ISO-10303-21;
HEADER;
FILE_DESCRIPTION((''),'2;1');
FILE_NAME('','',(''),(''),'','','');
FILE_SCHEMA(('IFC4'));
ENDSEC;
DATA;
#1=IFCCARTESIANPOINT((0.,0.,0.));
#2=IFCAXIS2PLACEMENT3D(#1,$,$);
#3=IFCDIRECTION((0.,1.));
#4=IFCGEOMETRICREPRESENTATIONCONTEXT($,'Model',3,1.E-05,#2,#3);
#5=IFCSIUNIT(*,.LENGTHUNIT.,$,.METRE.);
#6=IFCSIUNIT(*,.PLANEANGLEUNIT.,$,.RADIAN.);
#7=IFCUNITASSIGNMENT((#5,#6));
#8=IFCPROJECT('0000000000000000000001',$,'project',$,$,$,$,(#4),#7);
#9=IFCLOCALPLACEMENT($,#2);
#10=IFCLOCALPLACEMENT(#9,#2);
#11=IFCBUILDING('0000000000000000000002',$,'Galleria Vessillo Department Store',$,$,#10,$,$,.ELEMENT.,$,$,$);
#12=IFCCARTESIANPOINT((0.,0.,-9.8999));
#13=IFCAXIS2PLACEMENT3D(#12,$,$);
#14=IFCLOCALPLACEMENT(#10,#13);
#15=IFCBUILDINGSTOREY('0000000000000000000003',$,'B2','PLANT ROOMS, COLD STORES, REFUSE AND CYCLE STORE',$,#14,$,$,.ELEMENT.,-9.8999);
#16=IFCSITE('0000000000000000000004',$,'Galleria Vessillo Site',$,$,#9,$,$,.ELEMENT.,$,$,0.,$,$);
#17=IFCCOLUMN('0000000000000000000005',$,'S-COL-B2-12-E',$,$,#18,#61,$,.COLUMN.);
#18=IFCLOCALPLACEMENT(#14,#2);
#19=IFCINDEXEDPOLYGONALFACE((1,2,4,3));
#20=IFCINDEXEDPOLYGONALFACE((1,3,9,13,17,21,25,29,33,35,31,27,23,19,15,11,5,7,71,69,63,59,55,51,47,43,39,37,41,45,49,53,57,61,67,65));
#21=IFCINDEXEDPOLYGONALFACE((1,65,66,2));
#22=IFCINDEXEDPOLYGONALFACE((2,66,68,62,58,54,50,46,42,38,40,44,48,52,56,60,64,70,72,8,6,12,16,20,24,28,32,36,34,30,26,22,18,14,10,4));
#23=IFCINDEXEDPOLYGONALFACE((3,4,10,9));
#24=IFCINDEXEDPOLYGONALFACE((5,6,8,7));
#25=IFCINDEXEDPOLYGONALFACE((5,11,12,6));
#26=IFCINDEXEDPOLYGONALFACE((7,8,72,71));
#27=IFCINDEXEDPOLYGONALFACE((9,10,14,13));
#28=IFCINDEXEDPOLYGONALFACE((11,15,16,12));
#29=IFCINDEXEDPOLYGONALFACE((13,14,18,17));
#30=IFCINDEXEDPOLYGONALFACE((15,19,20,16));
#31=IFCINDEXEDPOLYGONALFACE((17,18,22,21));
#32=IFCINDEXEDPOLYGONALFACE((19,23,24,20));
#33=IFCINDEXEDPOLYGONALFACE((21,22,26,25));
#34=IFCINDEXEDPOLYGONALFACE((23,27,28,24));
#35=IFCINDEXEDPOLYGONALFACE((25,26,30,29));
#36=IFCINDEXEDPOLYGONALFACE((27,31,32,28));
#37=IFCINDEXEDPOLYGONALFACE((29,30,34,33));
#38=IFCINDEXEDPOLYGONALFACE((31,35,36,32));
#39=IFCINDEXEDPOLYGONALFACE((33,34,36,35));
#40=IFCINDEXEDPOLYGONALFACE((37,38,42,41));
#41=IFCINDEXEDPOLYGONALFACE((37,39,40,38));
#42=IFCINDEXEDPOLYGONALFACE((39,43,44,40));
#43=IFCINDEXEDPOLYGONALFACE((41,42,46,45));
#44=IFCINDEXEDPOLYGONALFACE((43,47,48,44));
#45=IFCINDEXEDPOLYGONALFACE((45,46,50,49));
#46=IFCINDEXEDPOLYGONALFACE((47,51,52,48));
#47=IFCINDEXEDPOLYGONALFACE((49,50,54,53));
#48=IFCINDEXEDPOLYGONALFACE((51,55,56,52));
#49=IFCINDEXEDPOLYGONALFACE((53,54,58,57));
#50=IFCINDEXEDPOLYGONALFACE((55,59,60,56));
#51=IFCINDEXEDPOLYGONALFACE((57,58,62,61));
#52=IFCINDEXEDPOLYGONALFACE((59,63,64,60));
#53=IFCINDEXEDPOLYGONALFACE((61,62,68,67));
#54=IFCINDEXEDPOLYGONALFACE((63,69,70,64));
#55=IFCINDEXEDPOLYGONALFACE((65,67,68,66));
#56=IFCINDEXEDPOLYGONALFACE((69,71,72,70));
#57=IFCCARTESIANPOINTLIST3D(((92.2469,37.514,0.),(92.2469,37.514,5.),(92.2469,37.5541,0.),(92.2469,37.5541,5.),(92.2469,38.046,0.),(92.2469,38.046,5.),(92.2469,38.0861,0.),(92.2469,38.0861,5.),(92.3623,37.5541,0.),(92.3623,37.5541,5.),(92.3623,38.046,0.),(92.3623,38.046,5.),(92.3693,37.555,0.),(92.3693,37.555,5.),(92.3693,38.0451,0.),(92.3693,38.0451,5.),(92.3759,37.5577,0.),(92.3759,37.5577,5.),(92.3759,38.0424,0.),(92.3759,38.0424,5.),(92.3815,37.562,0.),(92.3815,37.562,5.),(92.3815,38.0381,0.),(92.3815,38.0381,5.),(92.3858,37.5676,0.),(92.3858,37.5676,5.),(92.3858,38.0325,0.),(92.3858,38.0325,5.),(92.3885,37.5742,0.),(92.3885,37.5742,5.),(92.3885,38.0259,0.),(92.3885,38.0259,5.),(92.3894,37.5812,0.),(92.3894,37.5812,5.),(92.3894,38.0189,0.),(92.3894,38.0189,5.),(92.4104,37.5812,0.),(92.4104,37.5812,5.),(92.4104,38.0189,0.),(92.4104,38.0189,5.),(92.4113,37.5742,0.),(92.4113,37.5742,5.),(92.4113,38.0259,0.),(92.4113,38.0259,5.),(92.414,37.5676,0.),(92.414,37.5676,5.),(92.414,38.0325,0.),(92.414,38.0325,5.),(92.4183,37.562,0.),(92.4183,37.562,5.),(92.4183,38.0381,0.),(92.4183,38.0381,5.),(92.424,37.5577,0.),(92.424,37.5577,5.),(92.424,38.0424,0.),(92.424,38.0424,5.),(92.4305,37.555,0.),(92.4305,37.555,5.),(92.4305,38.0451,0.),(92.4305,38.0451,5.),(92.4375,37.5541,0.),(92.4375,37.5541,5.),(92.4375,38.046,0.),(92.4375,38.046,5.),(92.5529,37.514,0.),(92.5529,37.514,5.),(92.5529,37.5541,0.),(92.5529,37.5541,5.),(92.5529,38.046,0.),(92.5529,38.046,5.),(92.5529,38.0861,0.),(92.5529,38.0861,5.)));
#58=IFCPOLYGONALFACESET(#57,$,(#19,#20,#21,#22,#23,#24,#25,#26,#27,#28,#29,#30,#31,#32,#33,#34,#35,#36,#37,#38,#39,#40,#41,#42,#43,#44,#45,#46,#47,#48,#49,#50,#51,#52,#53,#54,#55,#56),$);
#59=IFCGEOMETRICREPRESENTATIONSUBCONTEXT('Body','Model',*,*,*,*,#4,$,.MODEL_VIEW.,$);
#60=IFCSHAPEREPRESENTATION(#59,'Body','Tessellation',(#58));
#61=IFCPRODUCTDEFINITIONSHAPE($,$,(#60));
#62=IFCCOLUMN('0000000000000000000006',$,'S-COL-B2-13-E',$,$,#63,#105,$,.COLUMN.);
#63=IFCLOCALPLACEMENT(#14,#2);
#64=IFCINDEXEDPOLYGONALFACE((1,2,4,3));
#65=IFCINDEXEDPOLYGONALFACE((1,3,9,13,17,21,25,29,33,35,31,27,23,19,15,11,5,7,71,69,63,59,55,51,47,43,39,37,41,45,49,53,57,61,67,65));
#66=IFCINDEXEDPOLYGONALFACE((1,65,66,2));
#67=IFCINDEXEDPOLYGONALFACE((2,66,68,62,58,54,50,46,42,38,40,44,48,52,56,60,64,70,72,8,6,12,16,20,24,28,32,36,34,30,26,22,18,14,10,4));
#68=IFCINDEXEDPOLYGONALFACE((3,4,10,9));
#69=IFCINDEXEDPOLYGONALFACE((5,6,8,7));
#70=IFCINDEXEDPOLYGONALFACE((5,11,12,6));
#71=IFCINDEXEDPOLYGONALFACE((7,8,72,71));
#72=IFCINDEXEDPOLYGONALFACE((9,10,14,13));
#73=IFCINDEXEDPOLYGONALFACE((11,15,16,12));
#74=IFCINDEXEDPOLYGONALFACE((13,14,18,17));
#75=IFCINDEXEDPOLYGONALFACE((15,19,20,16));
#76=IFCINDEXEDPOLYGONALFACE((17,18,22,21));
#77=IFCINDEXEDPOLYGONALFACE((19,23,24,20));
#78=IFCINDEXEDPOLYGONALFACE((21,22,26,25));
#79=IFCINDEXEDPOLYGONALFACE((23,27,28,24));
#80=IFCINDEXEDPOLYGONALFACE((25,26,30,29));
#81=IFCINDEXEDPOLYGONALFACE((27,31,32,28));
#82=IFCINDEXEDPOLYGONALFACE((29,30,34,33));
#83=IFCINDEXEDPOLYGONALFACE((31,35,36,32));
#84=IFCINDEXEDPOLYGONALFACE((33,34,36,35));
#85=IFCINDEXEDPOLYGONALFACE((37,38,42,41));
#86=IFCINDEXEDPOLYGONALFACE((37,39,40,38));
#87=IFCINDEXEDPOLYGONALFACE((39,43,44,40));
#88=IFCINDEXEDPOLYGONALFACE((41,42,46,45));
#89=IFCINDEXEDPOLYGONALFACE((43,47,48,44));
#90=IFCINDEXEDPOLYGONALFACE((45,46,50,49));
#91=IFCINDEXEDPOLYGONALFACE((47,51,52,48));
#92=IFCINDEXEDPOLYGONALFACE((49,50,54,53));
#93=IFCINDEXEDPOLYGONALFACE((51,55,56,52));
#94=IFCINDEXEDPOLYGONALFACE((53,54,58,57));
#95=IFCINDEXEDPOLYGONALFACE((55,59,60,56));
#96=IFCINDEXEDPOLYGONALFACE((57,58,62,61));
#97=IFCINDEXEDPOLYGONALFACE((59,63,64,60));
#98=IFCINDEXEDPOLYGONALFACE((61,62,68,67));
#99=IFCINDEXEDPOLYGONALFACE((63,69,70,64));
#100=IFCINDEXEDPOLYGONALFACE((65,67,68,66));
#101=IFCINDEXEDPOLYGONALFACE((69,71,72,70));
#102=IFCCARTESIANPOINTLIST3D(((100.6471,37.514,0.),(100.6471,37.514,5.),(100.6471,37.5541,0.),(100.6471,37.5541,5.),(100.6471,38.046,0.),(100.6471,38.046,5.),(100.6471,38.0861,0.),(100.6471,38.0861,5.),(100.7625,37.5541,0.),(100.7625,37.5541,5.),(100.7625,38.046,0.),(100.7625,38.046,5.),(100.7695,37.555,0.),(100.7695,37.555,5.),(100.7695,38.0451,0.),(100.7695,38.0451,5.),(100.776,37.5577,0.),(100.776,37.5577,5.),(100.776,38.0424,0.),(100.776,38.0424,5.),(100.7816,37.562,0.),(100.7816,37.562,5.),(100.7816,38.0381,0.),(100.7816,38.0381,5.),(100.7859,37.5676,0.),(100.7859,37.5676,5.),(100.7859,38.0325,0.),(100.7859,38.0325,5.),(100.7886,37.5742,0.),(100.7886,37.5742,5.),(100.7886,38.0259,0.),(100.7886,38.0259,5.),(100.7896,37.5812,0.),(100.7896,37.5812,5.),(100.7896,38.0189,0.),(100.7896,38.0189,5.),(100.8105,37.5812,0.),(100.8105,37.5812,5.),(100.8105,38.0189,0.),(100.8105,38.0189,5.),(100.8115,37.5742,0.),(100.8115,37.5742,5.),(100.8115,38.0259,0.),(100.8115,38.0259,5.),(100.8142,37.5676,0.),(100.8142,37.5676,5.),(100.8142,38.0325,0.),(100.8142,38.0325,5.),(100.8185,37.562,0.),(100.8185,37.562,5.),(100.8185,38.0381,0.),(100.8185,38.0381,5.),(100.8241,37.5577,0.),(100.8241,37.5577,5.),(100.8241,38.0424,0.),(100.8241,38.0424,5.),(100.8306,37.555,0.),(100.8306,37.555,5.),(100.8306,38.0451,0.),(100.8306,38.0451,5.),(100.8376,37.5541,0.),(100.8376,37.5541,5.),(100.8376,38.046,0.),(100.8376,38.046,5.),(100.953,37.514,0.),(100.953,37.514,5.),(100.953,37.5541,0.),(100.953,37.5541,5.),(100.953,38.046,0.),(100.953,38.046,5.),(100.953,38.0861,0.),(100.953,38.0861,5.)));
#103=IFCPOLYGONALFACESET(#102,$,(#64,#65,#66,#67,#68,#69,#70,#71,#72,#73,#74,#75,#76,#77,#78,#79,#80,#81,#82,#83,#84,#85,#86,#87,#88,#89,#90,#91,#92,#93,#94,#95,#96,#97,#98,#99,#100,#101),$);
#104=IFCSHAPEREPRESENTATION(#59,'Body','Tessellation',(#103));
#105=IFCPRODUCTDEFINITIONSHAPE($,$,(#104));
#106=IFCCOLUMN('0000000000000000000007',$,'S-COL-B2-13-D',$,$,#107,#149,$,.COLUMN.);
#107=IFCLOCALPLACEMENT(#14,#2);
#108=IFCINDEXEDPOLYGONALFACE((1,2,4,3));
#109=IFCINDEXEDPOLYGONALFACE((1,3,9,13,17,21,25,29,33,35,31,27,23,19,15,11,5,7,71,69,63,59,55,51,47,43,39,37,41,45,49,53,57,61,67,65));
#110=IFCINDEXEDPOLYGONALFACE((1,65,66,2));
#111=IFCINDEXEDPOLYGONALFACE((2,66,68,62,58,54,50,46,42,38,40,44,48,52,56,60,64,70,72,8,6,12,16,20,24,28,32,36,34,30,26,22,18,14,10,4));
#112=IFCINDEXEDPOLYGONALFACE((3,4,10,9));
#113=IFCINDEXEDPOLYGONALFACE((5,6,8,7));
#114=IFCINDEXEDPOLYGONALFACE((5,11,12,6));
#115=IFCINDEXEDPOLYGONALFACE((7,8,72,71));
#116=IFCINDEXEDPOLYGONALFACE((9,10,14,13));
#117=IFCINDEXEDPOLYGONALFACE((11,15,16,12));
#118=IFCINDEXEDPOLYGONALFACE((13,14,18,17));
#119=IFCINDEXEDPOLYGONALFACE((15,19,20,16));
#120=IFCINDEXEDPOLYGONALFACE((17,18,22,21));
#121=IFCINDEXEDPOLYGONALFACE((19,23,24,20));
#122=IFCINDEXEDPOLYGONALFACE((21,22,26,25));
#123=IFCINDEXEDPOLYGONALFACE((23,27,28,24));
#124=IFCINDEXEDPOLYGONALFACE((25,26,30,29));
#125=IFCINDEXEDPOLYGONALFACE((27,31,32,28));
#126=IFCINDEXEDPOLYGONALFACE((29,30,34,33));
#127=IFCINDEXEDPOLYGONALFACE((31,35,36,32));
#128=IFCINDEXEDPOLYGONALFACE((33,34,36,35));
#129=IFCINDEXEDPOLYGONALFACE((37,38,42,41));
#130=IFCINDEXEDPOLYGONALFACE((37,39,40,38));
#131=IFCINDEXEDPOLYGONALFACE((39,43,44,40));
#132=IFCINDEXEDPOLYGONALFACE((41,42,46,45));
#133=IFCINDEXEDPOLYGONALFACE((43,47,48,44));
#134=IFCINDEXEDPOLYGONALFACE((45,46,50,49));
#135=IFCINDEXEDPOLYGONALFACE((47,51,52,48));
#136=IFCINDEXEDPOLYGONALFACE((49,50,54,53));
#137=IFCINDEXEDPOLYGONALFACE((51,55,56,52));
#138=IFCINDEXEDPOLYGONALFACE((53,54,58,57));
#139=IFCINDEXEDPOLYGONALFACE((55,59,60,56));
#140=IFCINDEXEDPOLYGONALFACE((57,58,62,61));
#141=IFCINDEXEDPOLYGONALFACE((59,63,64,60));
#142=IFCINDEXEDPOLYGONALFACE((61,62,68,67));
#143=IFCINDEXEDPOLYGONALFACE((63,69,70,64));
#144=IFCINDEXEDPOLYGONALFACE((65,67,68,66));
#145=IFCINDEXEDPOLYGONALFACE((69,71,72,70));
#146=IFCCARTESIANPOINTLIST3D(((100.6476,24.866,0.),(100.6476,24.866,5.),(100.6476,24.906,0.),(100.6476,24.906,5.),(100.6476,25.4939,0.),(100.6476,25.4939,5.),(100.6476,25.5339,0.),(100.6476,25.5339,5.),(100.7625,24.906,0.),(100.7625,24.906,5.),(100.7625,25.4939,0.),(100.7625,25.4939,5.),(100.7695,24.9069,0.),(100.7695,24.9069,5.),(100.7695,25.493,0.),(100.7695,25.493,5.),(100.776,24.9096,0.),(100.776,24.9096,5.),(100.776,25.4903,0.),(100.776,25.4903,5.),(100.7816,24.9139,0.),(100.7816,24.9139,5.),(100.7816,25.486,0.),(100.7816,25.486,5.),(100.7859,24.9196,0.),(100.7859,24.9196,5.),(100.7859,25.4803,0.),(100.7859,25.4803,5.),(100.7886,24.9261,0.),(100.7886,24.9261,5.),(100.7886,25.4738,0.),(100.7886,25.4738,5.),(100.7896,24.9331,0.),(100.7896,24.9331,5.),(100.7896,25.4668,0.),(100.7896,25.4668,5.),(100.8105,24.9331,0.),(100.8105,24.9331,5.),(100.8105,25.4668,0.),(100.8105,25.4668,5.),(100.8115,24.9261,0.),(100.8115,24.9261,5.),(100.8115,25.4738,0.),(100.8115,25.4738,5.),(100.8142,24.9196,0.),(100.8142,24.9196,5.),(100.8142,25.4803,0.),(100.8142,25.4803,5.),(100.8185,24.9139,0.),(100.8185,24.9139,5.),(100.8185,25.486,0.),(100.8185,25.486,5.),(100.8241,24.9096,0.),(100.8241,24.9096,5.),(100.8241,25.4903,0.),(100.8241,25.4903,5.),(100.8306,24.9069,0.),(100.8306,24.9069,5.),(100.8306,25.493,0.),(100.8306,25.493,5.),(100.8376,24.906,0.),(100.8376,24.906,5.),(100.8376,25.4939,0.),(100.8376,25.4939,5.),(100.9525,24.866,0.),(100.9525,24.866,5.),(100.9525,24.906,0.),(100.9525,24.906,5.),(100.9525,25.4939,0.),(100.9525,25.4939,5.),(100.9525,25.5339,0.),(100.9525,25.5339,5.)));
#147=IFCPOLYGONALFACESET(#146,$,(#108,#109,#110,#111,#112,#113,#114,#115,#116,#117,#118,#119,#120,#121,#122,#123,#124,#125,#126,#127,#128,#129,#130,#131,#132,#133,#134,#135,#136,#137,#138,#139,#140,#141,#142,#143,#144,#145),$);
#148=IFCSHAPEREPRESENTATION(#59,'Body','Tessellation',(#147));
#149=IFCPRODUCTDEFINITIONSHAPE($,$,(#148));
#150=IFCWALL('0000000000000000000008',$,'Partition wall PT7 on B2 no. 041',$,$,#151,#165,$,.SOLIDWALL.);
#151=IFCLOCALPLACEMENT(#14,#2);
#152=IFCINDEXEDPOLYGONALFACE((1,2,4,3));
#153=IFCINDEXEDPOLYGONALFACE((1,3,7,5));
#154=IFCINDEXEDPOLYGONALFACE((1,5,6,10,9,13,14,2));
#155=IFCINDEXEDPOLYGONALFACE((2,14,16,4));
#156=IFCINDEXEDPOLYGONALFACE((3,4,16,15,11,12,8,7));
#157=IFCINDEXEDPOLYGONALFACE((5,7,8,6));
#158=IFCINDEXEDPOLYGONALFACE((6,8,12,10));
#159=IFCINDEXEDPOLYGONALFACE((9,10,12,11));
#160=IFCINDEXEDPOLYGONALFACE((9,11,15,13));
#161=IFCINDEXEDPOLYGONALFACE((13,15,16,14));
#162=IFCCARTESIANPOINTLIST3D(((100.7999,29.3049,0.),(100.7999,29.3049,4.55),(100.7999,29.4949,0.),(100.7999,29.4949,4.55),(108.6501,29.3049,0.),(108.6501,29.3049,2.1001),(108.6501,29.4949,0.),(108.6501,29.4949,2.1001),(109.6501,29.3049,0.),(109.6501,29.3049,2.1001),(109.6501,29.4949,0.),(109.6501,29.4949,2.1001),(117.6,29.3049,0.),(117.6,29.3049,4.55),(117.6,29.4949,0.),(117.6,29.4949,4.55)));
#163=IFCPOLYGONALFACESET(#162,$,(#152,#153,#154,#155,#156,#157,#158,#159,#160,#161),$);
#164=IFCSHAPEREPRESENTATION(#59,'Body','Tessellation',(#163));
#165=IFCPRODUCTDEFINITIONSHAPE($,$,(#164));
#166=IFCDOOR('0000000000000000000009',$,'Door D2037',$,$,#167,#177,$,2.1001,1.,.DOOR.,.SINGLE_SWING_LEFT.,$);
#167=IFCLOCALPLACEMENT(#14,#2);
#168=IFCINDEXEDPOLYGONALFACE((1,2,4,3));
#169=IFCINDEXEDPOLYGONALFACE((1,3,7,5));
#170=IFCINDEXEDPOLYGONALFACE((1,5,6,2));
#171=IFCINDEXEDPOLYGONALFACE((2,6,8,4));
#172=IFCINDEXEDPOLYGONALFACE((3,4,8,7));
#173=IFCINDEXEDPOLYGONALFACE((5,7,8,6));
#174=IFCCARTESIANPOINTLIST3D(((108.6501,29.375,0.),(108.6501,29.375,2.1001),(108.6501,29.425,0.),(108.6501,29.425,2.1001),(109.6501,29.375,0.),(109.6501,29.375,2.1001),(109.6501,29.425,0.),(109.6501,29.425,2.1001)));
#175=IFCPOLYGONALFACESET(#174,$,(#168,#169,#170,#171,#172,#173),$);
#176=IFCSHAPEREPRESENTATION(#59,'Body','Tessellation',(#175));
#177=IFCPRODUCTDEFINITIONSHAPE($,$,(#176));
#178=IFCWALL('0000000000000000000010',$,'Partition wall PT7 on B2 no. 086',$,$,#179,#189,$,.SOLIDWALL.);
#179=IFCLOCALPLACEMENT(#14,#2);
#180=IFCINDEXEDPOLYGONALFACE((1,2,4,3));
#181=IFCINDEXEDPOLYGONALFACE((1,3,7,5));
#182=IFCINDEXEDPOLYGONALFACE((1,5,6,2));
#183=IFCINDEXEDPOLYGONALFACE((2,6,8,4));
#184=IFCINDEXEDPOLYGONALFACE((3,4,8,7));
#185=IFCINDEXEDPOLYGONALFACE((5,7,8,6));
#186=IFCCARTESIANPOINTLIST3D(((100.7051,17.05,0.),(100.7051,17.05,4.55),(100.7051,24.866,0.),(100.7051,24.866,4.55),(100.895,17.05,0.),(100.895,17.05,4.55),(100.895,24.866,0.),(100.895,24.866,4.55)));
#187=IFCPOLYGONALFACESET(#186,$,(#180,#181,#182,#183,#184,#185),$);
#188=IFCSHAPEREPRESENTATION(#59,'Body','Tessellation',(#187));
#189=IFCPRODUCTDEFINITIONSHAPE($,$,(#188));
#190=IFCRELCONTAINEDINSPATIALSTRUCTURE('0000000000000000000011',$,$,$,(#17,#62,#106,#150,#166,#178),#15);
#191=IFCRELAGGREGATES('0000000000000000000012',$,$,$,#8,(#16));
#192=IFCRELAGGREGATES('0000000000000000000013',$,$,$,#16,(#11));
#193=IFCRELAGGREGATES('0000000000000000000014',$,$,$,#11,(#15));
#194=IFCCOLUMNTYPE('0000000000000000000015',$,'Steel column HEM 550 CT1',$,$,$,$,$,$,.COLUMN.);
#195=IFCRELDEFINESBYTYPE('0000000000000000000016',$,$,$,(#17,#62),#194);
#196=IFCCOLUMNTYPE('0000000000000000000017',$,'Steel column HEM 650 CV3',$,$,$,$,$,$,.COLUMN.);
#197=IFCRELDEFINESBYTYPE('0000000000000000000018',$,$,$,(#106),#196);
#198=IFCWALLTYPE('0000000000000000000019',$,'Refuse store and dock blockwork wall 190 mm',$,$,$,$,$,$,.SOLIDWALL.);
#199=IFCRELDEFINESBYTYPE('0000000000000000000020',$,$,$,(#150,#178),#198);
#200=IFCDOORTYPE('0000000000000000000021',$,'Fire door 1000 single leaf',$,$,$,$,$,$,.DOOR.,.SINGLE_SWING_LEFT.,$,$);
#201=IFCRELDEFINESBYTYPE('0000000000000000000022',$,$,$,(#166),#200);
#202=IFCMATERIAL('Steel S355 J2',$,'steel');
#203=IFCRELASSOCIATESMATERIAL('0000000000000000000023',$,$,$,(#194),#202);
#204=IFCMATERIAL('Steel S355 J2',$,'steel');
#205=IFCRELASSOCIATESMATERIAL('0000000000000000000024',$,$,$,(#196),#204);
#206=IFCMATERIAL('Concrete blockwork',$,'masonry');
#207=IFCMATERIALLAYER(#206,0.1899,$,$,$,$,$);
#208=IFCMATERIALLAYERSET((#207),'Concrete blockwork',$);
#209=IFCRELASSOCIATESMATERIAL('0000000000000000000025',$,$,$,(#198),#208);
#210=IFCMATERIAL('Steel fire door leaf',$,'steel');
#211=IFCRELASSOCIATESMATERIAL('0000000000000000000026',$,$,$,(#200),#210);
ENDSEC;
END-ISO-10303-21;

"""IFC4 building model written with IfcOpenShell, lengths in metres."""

from ifc_helpers import new_model, si_unit, direction, frame, frame_2d, origin, origin_2d, place, context, subcontext, project, spatial, rectangle, i_section, extrude, material, layer, layer_set, material_profile, profile_set, type_object, element, fill, save


model = new_model("IFC4")

# Units and contexts
model_context = context("Model", 3, precision=1e-05, world=origin(), true_north=direction((0.0, 1.0)))
body_context = subcontext(model_context, "Body", "Model", "MODEL_VIEW")
ifc_project = project(units=[si_unit("LENGTHUNIT", "METRE"), si_unit("PLANEANGLEUNIT", "RADIAN")], contexts=[model_context])

# Site, building, storey
site_placement = place(None, origin())
site = spatial("IfcSite", under=ifc_project, at=site_placement, Name="Galleria Vessillo Site", CompositionType="ELEMENT", RefElevation=0.0)
building_placement = place(site_placement, origin())
building = spatial("IfcBuilding", under=site, at=building_placement, Name="Galleria Vessillo Department Store", CompositionType="ELEMENT")
storey_placement = place(building_placement, frame((0.0, 0.0, -9.8999)))
storey = spatial("IfcBuildingStorey", under=building, at=storey_placement, Name="B2", Description="PLANT ROOMS, COLD STORES, REFUSE AND CYCLE STORE", CompositionType="ELEMENT", Elevation=-9.8999)

# Columns
ifc_material_1 = material(Name="Steel S355 J2", Category="steel")
ifc_material_profile_1 = material_profile(ifc_material_1, i_section(OverallWidth=0.3059, OverallDepth=0.572, WebThickness=0.021, FlangeThickness=0.04, FilletRadius=0.0271, at=origin_2d()), Name="HEM 550")
ifc_profile_set_1 = profile_set([ifc_material_profile_1], Name="Steel S355 J2")
column_type_1 = type_object("IfcColumnType", Name="Steel column HEM 550 CT1", PredefinedType="COLUMN", material=ifc_profile_set_1)
for number, where, z_axis, x_axis, name in (
    (1, (92.3999, 37.8, 0.0), (0.0, 0.0, 1.0), (1.0, 0.0, 0.0), "S-COL-B2-12-E"),
    (2, (100.8, 37.8, 0.0), (0.0, 0.0, 1.0), (1.0, 0.0, 0.0), "S-COL-B2-13-E"),
):
    element("IfcColumn", number, at=place(storey_placement, frame(where, z_axis=z_axis, x_axis=x_axis)), inside=storey, type_object=column_type_1, Name=name, PredefinedType="COLUMN", context=body_context, shape_type="SweptSolid", body=[
        extrude(i_section(OverallWidth=0.3059, OverallDepth=0.572, WebThickness=0.021, FlangeThickness=0.04, FilletRadius=0.0271, at=origin_2d()), origin(), (0.0, 0.0, 1.0), 5.0),
    ])
ifc_material_2 = material(Name="Steel S355 J2", Category="steel")
ifc_material_profile_2 = material_profile(ifc_material_2, i_section(OverallWidth=0.3049, OverallDepth=0.668, WebThickness=0.021, FlangeThickness=0.04, FilletRadius=0.0271, at=origin_2d()), Name="HEM 650")
ifc_profile_set_2 = profile_set([ifc_material_profile_2], Name="Steel S355 J2")
column_type_2 = type_object("IfcColumnType", Name="Steel column HEM 650 CV3", PredefinedType="COLUMN", material=ifc_profile_set_2)
column_1_placement = place(storey_placement, frame((100.8, 25.2, 0.0), z_axis=(0.0, 0.0, 1.0), x_axis=(1.0, 0.0, 0.0)))
element("IfcColumn", 3, at=column_1_placement, inside=storey, type_object=column_type_2, Name="S-COL-B2-13-D", PredefinedType="COLUMN", context=body_context, shape_type="SweptSolid", body=[
    extrude(i_section(OverallWidth=0.3049, OverallDepth=0.668, WebThickness=0.021, FlangeThickness=0.04, FilletRadius=0.0271, at=origin_2d()), origin(), (0.0, 0.0, 1.0), 5.0),
])

# Wall, opening, door
ifc_material_3 = material(Name="Concrete blockwork", Category="masonry")
ifc_layer_1 = layer(ifc_material_3, 0.1899)
ifc_layer_set_1 = layer_set([ifc_layer_1], Name="Concrete blockwork")
wall_type_1 = type_object("IfcWallType", Name="Refuse store and dock blockwork wall 190 mm", PredefinedType="SOLIDWALL", material=ifc_layer_set_1)
wall_1_placement = place(storey_placement, frame((100.8, 29.3999, 0.0), z_axis=(0.0, 0.0, 1.0), x_axis=(1.0, 0.0, 0.0)))
wall_1 = element("IfcWall", 4, at=wall_1_placement, inside=storey, type_object=wall_type_1, Name="Partition wall PT7 on B2 no. 041", PredefinedType="SOLIDWALL", context=body_context, shape_type="SweptSolid", body=[
    extrude(rectangle(XDim=16.8, YDim=0.1899, at=frame_2d((8.3999, 0.0))), origin(), (0.0, 0.0, 1.0), 4.55),
])
opening_1_placement = place(wall_1_placement, frame((7.8501, 0.0, 0.0)))
opening_1 = element("IfcOpeningElement", 5, at=opening_1_placement, cuts=wall_1, PredefinedType="OPENING", context=body_context, shape_type="SweptSolid", body=[
    extrude(rectangle(XDim=1.0, YDim=2.1001, at=frame_2d((0.5, 1.05))), frame((0.0, 0.105, 0.0), z_axis=(0.0, -1.0, 0.0), x_axis=(1.0, 0.0, 0.0)), (0.0, 0.0, 1.0), 0.21),
])
ifc_material_4 = material(Name="Steel fire door leaf", Category="steel")
door_type_1 = type_object("IfcDoorType", Name="Fire door 1000 single leaf", OperationType="SINGLE_SWING_LEFT", PredefinedType="DOOR", material=ifc_material_4)
door_1_placement = place(opening_1_placement, frame((1.0, 0.0, 0.0), z_axis=(0.0, 0.0, 1.0), x_axis=(-1.0, 0.0, 0.0)))
door_1 = element("IfcDoor", 6, at=door_1_placement, inside=storey, type_object=door_type_1, Name="Door D2037", OperationType="SINGLE_SWING_LEFT", OverallHeight=2.1001, OverallWidth=1.0, PredefinedType="DOOR", context=body_context, shape_type="SweptSolid", body=[
    extrude(rectangle(XDim=1.0, YDim=2.1001, at=frame_2d((0.5, 1.05))), frame((0.0, 0.0249, 0.0), z_axis=(0.0, -1.0, 0.0), x_axis=(1.0, 0.0, 0.0)), (0.0, 0.0, 1.0), 0.05),
])
fill(opening_1, door_1)

# Wall
wall_2_placement = place(storey_placement, frame((100.8, 17.05, 0.0), z_axis=(0.0, 0.0, 1.0), x_axis=(0.0, 1.0, 0.0)))
element("IfcWall", 7, at=wall_2_placement, inside=storey, type_object=wall_type_1, Name="Partition wall PT7 on B2 no. 086", PredefinedType="SOLIDWALL", context=body_context, shape_type="SweptSolid", body=[
    extrude(rectangle(XDim=7.8159, YDim=0.1899, at=frame_2d((3.908, 0.0))), origin(), (0.0, 0.0, 1.0), 4.55),
])

save(model, "model.ifc")
